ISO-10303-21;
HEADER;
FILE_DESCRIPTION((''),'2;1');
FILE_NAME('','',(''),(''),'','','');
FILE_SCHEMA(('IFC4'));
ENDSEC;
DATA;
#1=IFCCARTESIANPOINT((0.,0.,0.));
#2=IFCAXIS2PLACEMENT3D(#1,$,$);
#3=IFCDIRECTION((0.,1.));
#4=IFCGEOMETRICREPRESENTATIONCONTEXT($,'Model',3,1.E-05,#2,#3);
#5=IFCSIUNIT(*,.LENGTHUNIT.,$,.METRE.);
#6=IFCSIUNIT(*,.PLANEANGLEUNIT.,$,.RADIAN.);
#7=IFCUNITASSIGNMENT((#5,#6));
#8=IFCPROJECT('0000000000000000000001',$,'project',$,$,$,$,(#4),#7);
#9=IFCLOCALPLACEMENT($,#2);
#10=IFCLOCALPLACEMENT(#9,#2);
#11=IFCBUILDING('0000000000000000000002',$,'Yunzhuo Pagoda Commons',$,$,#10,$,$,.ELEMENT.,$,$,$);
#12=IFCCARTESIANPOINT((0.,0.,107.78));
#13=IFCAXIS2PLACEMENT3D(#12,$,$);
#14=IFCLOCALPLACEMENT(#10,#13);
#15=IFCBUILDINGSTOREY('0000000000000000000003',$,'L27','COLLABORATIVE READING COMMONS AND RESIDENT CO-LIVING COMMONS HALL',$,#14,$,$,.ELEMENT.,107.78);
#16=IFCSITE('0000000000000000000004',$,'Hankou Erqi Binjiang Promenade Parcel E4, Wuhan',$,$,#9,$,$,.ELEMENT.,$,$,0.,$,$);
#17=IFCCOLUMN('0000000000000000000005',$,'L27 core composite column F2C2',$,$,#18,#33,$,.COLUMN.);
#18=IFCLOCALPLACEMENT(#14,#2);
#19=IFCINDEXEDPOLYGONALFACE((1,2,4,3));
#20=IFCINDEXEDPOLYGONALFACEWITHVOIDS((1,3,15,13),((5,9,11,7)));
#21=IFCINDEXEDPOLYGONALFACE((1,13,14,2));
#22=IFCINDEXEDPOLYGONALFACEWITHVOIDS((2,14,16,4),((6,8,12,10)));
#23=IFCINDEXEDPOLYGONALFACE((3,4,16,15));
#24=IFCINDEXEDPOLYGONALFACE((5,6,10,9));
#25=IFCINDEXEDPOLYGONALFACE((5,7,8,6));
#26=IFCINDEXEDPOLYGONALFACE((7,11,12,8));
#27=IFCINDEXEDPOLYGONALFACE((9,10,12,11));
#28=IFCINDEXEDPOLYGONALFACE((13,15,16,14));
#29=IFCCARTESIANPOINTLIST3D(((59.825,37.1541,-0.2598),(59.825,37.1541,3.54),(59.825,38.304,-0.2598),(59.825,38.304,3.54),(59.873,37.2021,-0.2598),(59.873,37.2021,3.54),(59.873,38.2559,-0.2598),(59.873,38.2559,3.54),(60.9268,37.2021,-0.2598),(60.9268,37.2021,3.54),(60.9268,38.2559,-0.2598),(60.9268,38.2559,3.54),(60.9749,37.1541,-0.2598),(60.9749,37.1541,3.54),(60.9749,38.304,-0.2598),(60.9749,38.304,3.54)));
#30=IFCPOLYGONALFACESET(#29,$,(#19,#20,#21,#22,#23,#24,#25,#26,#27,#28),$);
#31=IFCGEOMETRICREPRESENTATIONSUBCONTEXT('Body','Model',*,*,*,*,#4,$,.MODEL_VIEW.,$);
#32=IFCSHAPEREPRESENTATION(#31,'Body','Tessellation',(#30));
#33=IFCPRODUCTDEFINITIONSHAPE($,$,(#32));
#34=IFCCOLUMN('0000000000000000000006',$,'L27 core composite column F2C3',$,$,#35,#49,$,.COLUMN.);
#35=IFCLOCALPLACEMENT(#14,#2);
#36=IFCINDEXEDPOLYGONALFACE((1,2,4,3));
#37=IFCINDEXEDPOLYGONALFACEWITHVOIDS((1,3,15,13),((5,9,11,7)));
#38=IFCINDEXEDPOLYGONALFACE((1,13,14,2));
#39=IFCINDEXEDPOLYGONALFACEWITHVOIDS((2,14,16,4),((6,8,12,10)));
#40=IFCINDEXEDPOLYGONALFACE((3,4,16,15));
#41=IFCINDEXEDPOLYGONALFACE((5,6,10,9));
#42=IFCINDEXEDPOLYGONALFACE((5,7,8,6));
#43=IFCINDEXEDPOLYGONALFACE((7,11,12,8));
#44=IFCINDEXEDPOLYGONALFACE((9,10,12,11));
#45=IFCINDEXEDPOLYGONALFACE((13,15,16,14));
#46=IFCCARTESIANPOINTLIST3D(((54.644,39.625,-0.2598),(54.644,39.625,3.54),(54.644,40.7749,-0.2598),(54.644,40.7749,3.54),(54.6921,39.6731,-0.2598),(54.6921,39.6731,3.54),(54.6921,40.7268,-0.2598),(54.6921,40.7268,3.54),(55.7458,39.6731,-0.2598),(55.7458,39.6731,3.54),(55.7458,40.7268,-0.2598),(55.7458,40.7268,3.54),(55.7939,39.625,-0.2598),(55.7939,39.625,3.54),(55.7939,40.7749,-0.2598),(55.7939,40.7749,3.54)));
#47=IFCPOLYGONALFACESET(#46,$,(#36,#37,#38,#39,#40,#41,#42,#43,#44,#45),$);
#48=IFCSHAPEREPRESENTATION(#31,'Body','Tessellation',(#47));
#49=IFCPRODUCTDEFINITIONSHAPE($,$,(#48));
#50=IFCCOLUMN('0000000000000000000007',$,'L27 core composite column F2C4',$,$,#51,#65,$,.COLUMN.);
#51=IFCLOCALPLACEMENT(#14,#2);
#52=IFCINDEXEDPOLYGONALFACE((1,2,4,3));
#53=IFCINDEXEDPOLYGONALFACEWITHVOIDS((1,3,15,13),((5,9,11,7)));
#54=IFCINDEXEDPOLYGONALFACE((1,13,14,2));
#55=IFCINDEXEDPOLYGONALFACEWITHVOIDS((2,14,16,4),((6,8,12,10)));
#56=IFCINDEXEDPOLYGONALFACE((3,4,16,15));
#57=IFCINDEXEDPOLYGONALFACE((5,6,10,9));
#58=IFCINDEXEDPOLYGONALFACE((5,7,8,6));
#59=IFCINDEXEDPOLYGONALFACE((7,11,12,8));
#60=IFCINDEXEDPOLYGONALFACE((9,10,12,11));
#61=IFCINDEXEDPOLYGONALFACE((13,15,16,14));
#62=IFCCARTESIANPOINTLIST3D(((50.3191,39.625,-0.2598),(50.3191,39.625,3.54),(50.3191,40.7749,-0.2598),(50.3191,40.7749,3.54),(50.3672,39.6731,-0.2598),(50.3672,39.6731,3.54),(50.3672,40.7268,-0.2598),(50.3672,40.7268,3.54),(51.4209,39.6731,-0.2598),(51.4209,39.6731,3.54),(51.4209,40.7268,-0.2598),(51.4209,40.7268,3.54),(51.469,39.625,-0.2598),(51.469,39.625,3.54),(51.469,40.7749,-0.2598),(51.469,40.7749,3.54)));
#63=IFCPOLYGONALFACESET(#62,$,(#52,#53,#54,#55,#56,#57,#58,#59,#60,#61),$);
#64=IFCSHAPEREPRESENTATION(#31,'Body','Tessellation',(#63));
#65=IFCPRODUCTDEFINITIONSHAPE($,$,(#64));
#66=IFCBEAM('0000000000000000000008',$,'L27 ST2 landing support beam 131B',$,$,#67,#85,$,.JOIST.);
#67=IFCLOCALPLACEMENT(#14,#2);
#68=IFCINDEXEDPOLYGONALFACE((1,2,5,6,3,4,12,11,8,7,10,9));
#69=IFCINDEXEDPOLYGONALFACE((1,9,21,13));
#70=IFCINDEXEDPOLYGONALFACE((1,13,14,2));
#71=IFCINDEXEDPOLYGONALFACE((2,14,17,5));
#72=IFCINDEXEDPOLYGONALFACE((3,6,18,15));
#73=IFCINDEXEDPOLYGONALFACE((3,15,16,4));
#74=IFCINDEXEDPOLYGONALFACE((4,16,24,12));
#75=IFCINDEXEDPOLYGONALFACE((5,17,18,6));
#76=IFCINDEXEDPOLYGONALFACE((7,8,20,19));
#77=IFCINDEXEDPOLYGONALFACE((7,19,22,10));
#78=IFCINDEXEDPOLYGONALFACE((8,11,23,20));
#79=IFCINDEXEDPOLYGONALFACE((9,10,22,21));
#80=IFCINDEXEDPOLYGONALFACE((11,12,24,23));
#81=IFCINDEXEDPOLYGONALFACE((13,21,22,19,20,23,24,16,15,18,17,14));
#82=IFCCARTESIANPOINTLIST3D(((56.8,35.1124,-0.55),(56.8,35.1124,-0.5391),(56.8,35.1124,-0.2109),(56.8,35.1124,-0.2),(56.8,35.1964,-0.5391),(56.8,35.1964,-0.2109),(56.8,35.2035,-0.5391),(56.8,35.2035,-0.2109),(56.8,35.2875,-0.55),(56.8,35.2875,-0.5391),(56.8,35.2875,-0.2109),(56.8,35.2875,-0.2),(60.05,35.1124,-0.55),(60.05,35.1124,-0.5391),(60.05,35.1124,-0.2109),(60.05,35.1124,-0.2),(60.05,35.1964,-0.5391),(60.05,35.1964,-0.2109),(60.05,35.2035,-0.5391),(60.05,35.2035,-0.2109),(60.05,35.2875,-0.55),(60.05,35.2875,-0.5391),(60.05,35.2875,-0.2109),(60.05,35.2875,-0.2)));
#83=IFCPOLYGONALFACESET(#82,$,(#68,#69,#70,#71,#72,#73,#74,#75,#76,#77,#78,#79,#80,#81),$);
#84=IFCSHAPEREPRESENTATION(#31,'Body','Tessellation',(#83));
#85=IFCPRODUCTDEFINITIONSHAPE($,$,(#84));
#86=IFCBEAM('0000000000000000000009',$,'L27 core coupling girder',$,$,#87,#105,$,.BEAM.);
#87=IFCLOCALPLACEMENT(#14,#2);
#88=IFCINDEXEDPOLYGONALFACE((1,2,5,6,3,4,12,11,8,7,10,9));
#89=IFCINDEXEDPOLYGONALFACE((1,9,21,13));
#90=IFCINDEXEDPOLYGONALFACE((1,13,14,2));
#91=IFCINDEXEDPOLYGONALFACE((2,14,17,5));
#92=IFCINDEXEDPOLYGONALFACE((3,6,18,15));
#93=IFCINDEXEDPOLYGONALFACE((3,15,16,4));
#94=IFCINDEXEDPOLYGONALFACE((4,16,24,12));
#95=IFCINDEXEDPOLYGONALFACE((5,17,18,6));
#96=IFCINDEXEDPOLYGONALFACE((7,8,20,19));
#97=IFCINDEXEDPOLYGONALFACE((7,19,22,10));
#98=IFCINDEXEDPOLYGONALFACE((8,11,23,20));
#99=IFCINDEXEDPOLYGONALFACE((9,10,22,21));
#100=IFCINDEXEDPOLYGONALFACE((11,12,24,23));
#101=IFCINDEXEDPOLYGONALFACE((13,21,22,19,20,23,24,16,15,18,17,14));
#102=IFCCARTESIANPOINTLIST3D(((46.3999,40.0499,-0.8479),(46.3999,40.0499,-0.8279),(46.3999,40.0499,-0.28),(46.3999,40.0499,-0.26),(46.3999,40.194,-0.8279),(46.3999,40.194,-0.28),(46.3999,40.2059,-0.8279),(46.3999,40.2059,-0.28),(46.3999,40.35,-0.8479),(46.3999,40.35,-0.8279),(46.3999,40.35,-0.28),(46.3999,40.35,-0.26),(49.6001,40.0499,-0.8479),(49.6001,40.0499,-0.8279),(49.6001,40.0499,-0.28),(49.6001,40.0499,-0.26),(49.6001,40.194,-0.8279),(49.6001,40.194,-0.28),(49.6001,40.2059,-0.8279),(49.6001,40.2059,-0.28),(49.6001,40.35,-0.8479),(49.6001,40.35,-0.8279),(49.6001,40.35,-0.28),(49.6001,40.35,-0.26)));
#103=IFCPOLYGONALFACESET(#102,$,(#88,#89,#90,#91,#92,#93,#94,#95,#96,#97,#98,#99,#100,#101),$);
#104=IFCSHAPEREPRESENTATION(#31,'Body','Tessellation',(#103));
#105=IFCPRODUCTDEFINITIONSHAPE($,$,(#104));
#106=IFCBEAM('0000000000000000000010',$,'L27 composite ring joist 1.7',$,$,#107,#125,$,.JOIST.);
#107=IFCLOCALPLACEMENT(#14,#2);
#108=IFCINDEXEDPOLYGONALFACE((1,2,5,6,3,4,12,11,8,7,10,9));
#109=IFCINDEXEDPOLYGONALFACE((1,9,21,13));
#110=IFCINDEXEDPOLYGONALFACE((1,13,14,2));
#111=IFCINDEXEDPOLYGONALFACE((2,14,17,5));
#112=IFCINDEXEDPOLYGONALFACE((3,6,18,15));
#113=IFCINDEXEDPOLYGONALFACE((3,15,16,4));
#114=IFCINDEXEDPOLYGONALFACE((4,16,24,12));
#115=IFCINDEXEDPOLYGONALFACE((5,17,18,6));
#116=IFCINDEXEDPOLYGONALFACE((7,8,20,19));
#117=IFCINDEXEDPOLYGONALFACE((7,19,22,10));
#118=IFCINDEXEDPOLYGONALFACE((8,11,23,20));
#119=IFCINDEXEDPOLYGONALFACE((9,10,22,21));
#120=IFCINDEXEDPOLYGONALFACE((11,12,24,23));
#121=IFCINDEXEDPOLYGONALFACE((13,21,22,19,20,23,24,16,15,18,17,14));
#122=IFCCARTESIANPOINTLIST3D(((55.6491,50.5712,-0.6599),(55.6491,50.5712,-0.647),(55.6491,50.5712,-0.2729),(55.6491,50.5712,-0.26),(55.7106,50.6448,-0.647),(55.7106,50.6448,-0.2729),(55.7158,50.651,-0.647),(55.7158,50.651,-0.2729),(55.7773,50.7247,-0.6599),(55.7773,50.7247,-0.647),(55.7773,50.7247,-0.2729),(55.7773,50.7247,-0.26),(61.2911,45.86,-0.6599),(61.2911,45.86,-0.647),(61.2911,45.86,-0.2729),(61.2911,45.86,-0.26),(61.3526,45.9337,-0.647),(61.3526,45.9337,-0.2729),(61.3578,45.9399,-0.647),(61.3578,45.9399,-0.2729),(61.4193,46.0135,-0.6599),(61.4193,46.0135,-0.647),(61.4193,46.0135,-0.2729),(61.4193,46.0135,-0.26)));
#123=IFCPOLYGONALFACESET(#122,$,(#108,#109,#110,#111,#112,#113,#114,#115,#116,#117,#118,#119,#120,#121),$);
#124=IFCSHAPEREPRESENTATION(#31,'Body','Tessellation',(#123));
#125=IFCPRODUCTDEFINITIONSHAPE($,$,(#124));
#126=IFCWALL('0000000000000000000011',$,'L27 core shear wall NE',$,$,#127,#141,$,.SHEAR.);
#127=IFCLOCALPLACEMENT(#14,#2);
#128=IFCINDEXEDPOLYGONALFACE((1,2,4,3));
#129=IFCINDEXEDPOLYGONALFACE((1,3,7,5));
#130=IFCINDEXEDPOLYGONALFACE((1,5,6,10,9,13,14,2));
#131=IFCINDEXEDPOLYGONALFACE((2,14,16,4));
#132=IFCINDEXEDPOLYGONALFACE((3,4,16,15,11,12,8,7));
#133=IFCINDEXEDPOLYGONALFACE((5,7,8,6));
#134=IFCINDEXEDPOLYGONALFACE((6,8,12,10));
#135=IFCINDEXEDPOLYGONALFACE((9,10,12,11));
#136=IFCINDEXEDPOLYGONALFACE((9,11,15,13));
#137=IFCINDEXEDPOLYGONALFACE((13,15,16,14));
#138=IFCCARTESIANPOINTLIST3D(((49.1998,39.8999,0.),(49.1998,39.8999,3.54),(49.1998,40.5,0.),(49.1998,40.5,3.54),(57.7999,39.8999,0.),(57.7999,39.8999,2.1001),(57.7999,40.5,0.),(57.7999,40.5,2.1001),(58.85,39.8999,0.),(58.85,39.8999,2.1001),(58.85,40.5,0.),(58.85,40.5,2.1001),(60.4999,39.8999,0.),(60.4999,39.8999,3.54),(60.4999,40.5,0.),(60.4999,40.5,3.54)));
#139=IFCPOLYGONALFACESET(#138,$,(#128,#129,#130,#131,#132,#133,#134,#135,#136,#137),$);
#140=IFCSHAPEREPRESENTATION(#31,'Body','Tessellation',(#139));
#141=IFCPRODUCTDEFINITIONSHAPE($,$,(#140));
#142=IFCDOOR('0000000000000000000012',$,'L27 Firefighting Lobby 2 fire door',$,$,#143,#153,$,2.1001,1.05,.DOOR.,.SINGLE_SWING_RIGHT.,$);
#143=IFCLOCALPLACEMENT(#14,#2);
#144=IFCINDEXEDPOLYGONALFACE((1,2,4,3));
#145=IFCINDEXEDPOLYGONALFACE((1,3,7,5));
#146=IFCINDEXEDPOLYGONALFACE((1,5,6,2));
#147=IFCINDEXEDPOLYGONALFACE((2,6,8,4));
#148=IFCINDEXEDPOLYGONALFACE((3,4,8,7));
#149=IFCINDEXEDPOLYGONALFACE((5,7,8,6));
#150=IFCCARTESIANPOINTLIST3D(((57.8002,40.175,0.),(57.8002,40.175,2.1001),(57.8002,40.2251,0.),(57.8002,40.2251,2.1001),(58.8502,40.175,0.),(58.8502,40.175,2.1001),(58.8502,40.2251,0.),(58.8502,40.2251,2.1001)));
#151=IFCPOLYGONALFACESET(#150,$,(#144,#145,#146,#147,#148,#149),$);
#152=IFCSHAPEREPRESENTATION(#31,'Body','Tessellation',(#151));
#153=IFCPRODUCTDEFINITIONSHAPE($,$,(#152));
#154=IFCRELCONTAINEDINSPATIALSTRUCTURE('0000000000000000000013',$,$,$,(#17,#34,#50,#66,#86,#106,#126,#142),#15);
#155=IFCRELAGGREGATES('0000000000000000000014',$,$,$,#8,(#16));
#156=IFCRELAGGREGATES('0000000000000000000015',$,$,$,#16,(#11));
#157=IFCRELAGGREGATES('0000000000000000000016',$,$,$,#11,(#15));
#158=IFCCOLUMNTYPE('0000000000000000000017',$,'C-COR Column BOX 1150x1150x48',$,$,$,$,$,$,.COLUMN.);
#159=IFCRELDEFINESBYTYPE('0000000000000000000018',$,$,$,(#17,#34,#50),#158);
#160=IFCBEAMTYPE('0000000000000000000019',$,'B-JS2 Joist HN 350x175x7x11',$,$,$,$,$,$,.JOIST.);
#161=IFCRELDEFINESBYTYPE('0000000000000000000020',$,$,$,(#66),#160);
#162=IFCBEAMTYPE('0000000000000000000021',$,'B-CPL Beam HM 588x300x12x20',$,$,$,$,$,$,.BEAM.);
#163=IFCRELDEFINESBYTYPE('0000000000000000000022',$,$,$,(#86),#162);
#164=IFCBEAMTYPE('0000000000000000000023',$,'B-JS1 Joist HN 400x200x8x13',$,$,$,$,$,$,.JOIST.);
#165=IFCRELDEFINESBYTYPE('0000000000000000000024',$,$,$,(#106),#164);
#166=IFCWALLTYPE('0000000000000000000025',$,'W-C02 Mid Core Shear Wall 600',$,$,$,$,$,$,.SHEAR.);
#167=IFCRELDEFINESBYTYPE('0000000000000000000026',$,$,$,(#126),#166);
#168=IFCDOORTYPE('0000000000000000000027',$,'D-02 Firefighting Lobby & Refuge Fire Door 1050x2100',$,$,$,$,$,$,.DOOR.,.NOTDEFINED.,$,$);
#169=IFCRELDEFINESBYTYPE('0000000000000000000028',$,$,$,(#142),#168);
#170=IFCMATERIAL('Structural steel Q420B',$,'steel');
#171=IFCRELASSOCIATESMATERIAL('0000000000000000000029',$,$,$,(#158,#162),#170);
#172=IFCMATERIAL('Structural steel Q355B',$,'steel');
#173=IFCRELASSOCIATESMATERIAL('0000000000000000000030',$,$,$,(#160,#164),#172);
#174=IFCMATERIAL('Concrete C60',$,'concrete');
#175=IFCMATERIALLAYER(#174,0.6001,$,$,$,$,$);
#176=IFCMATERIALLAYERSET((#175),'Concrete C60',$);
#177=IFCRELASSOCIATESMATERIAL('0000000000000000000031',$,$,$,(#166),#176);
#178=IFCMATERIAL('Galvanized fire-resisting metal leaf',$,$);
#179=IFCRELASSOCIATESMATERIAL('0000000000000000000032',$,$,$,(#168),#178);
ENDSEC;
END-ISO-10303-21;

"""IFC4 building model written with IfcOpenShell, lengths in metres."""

from ifc_helpers import new_model, si_unit, direction, frame, frame_2d, origin, origin_2d, place, context, subcontext, project, spatial, rectangle, hollow_rectangle, i_section, extrude, source, transform, mapped, material, layer, layer_set, material_profile, profile_set, type_object, element, fill, save


model = new_model("IFC4")

# Units and contexts
model_context = context("Model", 3, precision=1e-05, world=origin(), true_north=direction((0.0, 1.0)))
body_context = subcontext(model_context, "Body", "Model", "MODEL_VIEW")
ifc_project = project(units=[si_unit("LENGTHUNIT", "METRE"), si_unit("PLANEANGLEUNIT", "RADIAN")], contexts=[model_context])

# Site, building, storey
site_placement = place(None, origin())
site = spatial("IfcSite", under=ifc_project, at=site_placement, Name="Hankou Erqi Binjiang Promenade Parcel E4, Wuhan", CompositionType="ELEMENT", RefElevation=0.0)
building_placement = place(site_placement, origin())
building = spatial("IfcBuilding", under=site, at=building_placement, Name="Yunzhuo Pagoda Commons", CompositionType="ELEMENT")
storey_placement = place(building_placement, frame((0.0, 0.0, 107.78)))
storey = spatial("IfcBuildingStorey", under=building, at=storey_placement, Name="L27", Description="COLLABORATIVE READING COMMONS AND RESIDENT CO-LIVING COMMONS HALL", CompositionType="ELEMENT", Elevation=107.78)

# Columns
ifc_material_1 = material(Name="Structural steel Q420B", Category="steel")
ifc_material_profile_1 = material_profile(ifc_material_1, hollow_rectangle(XDim=1.1499, YDim=1.1499, WallThickness=0.0481, at=origin_2d()), Name="Structural steel Q420B")
ifc_profile_set_1 = profile_set([ifc_material_profile_1], Name="Structural steel Q420B")
column_type = type_object("IfcColumnType", Name="C-COR Column BOX 1150x1150x48", PredefinedType="COLUMN", material=ifc_profile_set_1)
shared_shape_1 = source(origin(), body_context, "Body", "SweptSolid", [
    extrude(hollow_rectangle(XDim=1.1499, YDim=1.1499, WallThickness=0.0481, at=origin_2d()), origin(), (0.0, 0.0, 1.0), 3.7998),
])
for number, where, z_axis, x_axis, name in (
    (1, (60.3999, 37.729, -0.2598), (0.0, 0.0, 1.0), (1.0, 0.0, 0.0), "L27 core composite column F2C2"),
    (2, (55.219, 40.2, -0.2598), (0.0, 0.0, 1.0), (1.0, 0.0, 0.0), "L27 core composite column F2C3"),
    (3, (50.894, 40.2, -0.2598), (0.0, 0.0, 1.0), (1.0, 0.0, 0.0), "L27 core composite column F2C4"),
):
    element("IfcColumn", number, at=place(storey_placement, frame(where, z_axis=z_axis, x_axis=x_axis)), inside=storey, type_object=column_type, Name=name, PredefinedType="COLUMN", context=body_context, shape_type="MappedRepresentation", body=[
        mapped(shared_shape_1, transform((0.0, 0.0, 0.0), scale=1.0)),
    ])

# Beams
ifc_material_2 = material(Name="Structural steel Q355B", Category="steel")
ifc_material_profile_2 = material_profile(ifc_material_2, i_section(OverallWidth=0.175, OverallDepth=0.3501, WebThickness=0.0071, FlangeThickness=0.011, at=origin_2d()), Name="Structural steel Q355B")
ifc_profile_set_2 = profile_set([ifc_material_profile_2], Name="Structural steel Q355B")
beam_type_1 = type_object("IfcBeamType", Name="B-JS2 Joist HN 350x175x7x11", PredefinedType="JOIST", material=ifc_profile_set_2)
shared_shape_2 = source(origin(), body_context, "Body", "SweptSolid", [
    extrude(i_section(OverallWidth=0.175, OverallDepth=0.3501, WebThickness=0.0071, FlangeThickness=0.011, at=origin_2d()), origin(), (0.0, 0.0, 1.0), 3.25),
])
beam_1_placement = place(storey_placement, frame((56.8, 35.2, -0.375), z_axis=(1.0, 0.0, 0.0), x_axis=(0.0, 1.0, 0.0)))
element("IfcBeam", 4, at=beam_1_placement, inside=storey, type_object=beam_type_1, Name="L27 ST2 landing support beam 131B", PredefinedType="JOIST", context=body_context, shape_type="MappedRepresentation", body=[
    mapped(shared_shape_2, transform((0.0, 0.0, 0.0), scale=1.0)),
])
ifc_material_profile_3 = material_profile(ifc_material_1, i_section(OverallWidth=0.3, OverallDepth=0.5879, WebThickness=0.012, FlangeThickness=0.02, at=origin_2d()), Name="Structural steel Q420B")
ifc_profile_set_3 = profile_set([ifc_material_profile_3], Name="Structural steel Q420B")
beam_type_2 = type_object("IfcBeamType", Name="B-CPL Beam HM 588x300x12x20", PredefinedType="BEAM", material=ifc_profile_set_3)
shared_shape_3 = source(origin(), body_context, "Body", "SweptSolid", [
    extrude(i_section(OverallWidth=0.3, OverallDepth=0.5879, WebThickness=0.012, FlangeThickness=0.02, at=origin_2d()), origin(), (0.0, 0.0, 1.0), 3.2002),
])
beam_2_placement = place(storey_placement, frame((46.3999, 40.2, -0.554), z_axis=(1.0, 0.0, 0.0), x_axis=(0.0, 1.0, 0.0)))
element("IfcBeam", 5, at=beam_2_placement, inside=storey, type_object=beam_type_2, Name="L27 core coupling girder", PredefinedType="BEAM", context=body_context, shape_type="MappedRepresentation", body=[
    mapped(shared_shape_3, transform((0.0, 0.0, 0.0), scale=1.0)),
])
ifc_material_profile_4 = material_profile(ifc_material_2, i_section(OverallWidth=0.2, OverallDepth=0.3999, WebThickness=0.0081, FlangeThickness=0.0129, at=origin_2d()), Name="Structural steel Q355B")
ifc_profile_set_4 = profile_set([ifc_material_profile_4], Name="Structural steel Q355B")
beam_type_3 = type_object("IfcBeamType", Name="B-JS1 Joist HN 400x200x8x13", PredefinedType="JOIST", material=ifc_profile_set_4)
shared_shape_4 = source(origin(), body_context, "Body", "SweptSolid", [
    extrude(i_section(OverallWidth=0.2, OverallDepth=0.3999, WebThickness=0.0081, FlangeThickness=0.0129, at=origin_2d()), origin(), (0.0, 0.0, 1.0), 7.3503),
])
beam_3_placement = place(storey_placement, frame((61.3552, 45.9368, -0.46), z_axis=(-0.767589, 0.640942, 0.0), x_axis=(-0.640942, -0.767589, 0.0)))
element("IfcBeam", 6, at=beam_3_placement, inside=storey, type_object=beam_type_3, Name="L27 composite ring joist 1.7", PredefinedType="JOIST", context=body_context, shape_type="MappedRepresentation", body=[
    mapped(shared_shape_4, transform((0.0, 0.0, 0.0), scale=1.0)),
])

# Wall, opening, door
ifc_material_3 = material(Name="Concrete C60", Category="concrete")
ifc_layer_1 = layer(ifc_material_3, 0.6001)
ifc_layer_set_1 = layer_set([ifc_layer_1], Name="Concrete C60")
wall_type_1 = type_object("IfcWallType", Name="W-C02 Mid Core Shear Wall 600", PredefinedType="SHEAR", material=ifc_layer_set_1)
wall_1_placement = place(storey_placement, frame((49.2, 40.2, 0.0), z_axis=(0.0, 0.0, 1.0), x_axis=(1.0, 0.0, 0.0)))
wall_1 = element("IfcWall", 7, at=wall_1_placement, inside=storey, type_object=wall_type_1, Name="L27 core shear wall NE", PredefinedType="SHEAR", context=body_context, shape_type="SweptSolid", body=[
    extrude(rectangle(XDim=11.3, YDim=0.6001, at=frame_2d((5.6499, 0.0))), origin(), (0.0, 0.0, 1.0), 3.54),
])
opening_1_placement = place(wall_1_placement, frame((8.6001, 0.0, 0.0)))
opening_1 = element("IfcOpeningElement", 8, at=opening_1_placement, cuts=wall_1, PredefinedType="OPENING", context=body_context, shape_type="SweptSolid", body=[
    extrude(rectangle(XDim=1.05, YDim=2.1001, at=frame_2d((0.5249, 1.05))), frame((0.0, 0.3101, 0.0), z_axis=(0.0, -1.0, 0.0), x_axis=(1.0, 0.0, 0.0)), (0.0, 0.0, 1.0), 0.6201),
])
ifc_material_4 = material(Name="Galvanized fire-resisting metal leaf")
door_type_1 = type_object("IfcDoorType", Name="D-02 Firefighting Lobby & Refuge Fire Door 1050x2100", OperationType="NOTDEFINED", PredefinedType="DOOR", material=ifc_material_4)
shared_shape_5 = source(origin(), body_context, "Body", "SweptSolid", [
    extrude(rectangle(XDim=1.05, YDim=2.1001, at=frame_2d((0.5249, 1.05))), frame((0.0, 0.0249, 0.0), z_axis=(0.0, -1.0, 0.0), x_axis=(1.0, 0.0, 0.0)), (0.0, 0.0, 1.0), 0.05),
])
door_1_placement = place(opening_1_placement, frame((1.05, 0.0, 0.0), z_axis=(0.0, 0.0, 1.0), x_axis=(-1.0, 0.0, 0.0)))
door_1 = element("IfcDoor", 9, at=door_1_placement, inside=storey, type_object=door_type_1, Name="L27 Firefighting Lobby 2 fire door", OperationType="SINGLE_SWING_RIGHT", OverallHeight=2.1001, OverallWidth=1.05, PredefinedType="DOOR", context=body_context, shape_type="MappedRepresentation", body=[
    mapped(shared_shape_5, transform((0.0, 0.0, 0.0), scale=1.0)),
])
fill(opening_1, door_1)

save(model, "model.ifc")
